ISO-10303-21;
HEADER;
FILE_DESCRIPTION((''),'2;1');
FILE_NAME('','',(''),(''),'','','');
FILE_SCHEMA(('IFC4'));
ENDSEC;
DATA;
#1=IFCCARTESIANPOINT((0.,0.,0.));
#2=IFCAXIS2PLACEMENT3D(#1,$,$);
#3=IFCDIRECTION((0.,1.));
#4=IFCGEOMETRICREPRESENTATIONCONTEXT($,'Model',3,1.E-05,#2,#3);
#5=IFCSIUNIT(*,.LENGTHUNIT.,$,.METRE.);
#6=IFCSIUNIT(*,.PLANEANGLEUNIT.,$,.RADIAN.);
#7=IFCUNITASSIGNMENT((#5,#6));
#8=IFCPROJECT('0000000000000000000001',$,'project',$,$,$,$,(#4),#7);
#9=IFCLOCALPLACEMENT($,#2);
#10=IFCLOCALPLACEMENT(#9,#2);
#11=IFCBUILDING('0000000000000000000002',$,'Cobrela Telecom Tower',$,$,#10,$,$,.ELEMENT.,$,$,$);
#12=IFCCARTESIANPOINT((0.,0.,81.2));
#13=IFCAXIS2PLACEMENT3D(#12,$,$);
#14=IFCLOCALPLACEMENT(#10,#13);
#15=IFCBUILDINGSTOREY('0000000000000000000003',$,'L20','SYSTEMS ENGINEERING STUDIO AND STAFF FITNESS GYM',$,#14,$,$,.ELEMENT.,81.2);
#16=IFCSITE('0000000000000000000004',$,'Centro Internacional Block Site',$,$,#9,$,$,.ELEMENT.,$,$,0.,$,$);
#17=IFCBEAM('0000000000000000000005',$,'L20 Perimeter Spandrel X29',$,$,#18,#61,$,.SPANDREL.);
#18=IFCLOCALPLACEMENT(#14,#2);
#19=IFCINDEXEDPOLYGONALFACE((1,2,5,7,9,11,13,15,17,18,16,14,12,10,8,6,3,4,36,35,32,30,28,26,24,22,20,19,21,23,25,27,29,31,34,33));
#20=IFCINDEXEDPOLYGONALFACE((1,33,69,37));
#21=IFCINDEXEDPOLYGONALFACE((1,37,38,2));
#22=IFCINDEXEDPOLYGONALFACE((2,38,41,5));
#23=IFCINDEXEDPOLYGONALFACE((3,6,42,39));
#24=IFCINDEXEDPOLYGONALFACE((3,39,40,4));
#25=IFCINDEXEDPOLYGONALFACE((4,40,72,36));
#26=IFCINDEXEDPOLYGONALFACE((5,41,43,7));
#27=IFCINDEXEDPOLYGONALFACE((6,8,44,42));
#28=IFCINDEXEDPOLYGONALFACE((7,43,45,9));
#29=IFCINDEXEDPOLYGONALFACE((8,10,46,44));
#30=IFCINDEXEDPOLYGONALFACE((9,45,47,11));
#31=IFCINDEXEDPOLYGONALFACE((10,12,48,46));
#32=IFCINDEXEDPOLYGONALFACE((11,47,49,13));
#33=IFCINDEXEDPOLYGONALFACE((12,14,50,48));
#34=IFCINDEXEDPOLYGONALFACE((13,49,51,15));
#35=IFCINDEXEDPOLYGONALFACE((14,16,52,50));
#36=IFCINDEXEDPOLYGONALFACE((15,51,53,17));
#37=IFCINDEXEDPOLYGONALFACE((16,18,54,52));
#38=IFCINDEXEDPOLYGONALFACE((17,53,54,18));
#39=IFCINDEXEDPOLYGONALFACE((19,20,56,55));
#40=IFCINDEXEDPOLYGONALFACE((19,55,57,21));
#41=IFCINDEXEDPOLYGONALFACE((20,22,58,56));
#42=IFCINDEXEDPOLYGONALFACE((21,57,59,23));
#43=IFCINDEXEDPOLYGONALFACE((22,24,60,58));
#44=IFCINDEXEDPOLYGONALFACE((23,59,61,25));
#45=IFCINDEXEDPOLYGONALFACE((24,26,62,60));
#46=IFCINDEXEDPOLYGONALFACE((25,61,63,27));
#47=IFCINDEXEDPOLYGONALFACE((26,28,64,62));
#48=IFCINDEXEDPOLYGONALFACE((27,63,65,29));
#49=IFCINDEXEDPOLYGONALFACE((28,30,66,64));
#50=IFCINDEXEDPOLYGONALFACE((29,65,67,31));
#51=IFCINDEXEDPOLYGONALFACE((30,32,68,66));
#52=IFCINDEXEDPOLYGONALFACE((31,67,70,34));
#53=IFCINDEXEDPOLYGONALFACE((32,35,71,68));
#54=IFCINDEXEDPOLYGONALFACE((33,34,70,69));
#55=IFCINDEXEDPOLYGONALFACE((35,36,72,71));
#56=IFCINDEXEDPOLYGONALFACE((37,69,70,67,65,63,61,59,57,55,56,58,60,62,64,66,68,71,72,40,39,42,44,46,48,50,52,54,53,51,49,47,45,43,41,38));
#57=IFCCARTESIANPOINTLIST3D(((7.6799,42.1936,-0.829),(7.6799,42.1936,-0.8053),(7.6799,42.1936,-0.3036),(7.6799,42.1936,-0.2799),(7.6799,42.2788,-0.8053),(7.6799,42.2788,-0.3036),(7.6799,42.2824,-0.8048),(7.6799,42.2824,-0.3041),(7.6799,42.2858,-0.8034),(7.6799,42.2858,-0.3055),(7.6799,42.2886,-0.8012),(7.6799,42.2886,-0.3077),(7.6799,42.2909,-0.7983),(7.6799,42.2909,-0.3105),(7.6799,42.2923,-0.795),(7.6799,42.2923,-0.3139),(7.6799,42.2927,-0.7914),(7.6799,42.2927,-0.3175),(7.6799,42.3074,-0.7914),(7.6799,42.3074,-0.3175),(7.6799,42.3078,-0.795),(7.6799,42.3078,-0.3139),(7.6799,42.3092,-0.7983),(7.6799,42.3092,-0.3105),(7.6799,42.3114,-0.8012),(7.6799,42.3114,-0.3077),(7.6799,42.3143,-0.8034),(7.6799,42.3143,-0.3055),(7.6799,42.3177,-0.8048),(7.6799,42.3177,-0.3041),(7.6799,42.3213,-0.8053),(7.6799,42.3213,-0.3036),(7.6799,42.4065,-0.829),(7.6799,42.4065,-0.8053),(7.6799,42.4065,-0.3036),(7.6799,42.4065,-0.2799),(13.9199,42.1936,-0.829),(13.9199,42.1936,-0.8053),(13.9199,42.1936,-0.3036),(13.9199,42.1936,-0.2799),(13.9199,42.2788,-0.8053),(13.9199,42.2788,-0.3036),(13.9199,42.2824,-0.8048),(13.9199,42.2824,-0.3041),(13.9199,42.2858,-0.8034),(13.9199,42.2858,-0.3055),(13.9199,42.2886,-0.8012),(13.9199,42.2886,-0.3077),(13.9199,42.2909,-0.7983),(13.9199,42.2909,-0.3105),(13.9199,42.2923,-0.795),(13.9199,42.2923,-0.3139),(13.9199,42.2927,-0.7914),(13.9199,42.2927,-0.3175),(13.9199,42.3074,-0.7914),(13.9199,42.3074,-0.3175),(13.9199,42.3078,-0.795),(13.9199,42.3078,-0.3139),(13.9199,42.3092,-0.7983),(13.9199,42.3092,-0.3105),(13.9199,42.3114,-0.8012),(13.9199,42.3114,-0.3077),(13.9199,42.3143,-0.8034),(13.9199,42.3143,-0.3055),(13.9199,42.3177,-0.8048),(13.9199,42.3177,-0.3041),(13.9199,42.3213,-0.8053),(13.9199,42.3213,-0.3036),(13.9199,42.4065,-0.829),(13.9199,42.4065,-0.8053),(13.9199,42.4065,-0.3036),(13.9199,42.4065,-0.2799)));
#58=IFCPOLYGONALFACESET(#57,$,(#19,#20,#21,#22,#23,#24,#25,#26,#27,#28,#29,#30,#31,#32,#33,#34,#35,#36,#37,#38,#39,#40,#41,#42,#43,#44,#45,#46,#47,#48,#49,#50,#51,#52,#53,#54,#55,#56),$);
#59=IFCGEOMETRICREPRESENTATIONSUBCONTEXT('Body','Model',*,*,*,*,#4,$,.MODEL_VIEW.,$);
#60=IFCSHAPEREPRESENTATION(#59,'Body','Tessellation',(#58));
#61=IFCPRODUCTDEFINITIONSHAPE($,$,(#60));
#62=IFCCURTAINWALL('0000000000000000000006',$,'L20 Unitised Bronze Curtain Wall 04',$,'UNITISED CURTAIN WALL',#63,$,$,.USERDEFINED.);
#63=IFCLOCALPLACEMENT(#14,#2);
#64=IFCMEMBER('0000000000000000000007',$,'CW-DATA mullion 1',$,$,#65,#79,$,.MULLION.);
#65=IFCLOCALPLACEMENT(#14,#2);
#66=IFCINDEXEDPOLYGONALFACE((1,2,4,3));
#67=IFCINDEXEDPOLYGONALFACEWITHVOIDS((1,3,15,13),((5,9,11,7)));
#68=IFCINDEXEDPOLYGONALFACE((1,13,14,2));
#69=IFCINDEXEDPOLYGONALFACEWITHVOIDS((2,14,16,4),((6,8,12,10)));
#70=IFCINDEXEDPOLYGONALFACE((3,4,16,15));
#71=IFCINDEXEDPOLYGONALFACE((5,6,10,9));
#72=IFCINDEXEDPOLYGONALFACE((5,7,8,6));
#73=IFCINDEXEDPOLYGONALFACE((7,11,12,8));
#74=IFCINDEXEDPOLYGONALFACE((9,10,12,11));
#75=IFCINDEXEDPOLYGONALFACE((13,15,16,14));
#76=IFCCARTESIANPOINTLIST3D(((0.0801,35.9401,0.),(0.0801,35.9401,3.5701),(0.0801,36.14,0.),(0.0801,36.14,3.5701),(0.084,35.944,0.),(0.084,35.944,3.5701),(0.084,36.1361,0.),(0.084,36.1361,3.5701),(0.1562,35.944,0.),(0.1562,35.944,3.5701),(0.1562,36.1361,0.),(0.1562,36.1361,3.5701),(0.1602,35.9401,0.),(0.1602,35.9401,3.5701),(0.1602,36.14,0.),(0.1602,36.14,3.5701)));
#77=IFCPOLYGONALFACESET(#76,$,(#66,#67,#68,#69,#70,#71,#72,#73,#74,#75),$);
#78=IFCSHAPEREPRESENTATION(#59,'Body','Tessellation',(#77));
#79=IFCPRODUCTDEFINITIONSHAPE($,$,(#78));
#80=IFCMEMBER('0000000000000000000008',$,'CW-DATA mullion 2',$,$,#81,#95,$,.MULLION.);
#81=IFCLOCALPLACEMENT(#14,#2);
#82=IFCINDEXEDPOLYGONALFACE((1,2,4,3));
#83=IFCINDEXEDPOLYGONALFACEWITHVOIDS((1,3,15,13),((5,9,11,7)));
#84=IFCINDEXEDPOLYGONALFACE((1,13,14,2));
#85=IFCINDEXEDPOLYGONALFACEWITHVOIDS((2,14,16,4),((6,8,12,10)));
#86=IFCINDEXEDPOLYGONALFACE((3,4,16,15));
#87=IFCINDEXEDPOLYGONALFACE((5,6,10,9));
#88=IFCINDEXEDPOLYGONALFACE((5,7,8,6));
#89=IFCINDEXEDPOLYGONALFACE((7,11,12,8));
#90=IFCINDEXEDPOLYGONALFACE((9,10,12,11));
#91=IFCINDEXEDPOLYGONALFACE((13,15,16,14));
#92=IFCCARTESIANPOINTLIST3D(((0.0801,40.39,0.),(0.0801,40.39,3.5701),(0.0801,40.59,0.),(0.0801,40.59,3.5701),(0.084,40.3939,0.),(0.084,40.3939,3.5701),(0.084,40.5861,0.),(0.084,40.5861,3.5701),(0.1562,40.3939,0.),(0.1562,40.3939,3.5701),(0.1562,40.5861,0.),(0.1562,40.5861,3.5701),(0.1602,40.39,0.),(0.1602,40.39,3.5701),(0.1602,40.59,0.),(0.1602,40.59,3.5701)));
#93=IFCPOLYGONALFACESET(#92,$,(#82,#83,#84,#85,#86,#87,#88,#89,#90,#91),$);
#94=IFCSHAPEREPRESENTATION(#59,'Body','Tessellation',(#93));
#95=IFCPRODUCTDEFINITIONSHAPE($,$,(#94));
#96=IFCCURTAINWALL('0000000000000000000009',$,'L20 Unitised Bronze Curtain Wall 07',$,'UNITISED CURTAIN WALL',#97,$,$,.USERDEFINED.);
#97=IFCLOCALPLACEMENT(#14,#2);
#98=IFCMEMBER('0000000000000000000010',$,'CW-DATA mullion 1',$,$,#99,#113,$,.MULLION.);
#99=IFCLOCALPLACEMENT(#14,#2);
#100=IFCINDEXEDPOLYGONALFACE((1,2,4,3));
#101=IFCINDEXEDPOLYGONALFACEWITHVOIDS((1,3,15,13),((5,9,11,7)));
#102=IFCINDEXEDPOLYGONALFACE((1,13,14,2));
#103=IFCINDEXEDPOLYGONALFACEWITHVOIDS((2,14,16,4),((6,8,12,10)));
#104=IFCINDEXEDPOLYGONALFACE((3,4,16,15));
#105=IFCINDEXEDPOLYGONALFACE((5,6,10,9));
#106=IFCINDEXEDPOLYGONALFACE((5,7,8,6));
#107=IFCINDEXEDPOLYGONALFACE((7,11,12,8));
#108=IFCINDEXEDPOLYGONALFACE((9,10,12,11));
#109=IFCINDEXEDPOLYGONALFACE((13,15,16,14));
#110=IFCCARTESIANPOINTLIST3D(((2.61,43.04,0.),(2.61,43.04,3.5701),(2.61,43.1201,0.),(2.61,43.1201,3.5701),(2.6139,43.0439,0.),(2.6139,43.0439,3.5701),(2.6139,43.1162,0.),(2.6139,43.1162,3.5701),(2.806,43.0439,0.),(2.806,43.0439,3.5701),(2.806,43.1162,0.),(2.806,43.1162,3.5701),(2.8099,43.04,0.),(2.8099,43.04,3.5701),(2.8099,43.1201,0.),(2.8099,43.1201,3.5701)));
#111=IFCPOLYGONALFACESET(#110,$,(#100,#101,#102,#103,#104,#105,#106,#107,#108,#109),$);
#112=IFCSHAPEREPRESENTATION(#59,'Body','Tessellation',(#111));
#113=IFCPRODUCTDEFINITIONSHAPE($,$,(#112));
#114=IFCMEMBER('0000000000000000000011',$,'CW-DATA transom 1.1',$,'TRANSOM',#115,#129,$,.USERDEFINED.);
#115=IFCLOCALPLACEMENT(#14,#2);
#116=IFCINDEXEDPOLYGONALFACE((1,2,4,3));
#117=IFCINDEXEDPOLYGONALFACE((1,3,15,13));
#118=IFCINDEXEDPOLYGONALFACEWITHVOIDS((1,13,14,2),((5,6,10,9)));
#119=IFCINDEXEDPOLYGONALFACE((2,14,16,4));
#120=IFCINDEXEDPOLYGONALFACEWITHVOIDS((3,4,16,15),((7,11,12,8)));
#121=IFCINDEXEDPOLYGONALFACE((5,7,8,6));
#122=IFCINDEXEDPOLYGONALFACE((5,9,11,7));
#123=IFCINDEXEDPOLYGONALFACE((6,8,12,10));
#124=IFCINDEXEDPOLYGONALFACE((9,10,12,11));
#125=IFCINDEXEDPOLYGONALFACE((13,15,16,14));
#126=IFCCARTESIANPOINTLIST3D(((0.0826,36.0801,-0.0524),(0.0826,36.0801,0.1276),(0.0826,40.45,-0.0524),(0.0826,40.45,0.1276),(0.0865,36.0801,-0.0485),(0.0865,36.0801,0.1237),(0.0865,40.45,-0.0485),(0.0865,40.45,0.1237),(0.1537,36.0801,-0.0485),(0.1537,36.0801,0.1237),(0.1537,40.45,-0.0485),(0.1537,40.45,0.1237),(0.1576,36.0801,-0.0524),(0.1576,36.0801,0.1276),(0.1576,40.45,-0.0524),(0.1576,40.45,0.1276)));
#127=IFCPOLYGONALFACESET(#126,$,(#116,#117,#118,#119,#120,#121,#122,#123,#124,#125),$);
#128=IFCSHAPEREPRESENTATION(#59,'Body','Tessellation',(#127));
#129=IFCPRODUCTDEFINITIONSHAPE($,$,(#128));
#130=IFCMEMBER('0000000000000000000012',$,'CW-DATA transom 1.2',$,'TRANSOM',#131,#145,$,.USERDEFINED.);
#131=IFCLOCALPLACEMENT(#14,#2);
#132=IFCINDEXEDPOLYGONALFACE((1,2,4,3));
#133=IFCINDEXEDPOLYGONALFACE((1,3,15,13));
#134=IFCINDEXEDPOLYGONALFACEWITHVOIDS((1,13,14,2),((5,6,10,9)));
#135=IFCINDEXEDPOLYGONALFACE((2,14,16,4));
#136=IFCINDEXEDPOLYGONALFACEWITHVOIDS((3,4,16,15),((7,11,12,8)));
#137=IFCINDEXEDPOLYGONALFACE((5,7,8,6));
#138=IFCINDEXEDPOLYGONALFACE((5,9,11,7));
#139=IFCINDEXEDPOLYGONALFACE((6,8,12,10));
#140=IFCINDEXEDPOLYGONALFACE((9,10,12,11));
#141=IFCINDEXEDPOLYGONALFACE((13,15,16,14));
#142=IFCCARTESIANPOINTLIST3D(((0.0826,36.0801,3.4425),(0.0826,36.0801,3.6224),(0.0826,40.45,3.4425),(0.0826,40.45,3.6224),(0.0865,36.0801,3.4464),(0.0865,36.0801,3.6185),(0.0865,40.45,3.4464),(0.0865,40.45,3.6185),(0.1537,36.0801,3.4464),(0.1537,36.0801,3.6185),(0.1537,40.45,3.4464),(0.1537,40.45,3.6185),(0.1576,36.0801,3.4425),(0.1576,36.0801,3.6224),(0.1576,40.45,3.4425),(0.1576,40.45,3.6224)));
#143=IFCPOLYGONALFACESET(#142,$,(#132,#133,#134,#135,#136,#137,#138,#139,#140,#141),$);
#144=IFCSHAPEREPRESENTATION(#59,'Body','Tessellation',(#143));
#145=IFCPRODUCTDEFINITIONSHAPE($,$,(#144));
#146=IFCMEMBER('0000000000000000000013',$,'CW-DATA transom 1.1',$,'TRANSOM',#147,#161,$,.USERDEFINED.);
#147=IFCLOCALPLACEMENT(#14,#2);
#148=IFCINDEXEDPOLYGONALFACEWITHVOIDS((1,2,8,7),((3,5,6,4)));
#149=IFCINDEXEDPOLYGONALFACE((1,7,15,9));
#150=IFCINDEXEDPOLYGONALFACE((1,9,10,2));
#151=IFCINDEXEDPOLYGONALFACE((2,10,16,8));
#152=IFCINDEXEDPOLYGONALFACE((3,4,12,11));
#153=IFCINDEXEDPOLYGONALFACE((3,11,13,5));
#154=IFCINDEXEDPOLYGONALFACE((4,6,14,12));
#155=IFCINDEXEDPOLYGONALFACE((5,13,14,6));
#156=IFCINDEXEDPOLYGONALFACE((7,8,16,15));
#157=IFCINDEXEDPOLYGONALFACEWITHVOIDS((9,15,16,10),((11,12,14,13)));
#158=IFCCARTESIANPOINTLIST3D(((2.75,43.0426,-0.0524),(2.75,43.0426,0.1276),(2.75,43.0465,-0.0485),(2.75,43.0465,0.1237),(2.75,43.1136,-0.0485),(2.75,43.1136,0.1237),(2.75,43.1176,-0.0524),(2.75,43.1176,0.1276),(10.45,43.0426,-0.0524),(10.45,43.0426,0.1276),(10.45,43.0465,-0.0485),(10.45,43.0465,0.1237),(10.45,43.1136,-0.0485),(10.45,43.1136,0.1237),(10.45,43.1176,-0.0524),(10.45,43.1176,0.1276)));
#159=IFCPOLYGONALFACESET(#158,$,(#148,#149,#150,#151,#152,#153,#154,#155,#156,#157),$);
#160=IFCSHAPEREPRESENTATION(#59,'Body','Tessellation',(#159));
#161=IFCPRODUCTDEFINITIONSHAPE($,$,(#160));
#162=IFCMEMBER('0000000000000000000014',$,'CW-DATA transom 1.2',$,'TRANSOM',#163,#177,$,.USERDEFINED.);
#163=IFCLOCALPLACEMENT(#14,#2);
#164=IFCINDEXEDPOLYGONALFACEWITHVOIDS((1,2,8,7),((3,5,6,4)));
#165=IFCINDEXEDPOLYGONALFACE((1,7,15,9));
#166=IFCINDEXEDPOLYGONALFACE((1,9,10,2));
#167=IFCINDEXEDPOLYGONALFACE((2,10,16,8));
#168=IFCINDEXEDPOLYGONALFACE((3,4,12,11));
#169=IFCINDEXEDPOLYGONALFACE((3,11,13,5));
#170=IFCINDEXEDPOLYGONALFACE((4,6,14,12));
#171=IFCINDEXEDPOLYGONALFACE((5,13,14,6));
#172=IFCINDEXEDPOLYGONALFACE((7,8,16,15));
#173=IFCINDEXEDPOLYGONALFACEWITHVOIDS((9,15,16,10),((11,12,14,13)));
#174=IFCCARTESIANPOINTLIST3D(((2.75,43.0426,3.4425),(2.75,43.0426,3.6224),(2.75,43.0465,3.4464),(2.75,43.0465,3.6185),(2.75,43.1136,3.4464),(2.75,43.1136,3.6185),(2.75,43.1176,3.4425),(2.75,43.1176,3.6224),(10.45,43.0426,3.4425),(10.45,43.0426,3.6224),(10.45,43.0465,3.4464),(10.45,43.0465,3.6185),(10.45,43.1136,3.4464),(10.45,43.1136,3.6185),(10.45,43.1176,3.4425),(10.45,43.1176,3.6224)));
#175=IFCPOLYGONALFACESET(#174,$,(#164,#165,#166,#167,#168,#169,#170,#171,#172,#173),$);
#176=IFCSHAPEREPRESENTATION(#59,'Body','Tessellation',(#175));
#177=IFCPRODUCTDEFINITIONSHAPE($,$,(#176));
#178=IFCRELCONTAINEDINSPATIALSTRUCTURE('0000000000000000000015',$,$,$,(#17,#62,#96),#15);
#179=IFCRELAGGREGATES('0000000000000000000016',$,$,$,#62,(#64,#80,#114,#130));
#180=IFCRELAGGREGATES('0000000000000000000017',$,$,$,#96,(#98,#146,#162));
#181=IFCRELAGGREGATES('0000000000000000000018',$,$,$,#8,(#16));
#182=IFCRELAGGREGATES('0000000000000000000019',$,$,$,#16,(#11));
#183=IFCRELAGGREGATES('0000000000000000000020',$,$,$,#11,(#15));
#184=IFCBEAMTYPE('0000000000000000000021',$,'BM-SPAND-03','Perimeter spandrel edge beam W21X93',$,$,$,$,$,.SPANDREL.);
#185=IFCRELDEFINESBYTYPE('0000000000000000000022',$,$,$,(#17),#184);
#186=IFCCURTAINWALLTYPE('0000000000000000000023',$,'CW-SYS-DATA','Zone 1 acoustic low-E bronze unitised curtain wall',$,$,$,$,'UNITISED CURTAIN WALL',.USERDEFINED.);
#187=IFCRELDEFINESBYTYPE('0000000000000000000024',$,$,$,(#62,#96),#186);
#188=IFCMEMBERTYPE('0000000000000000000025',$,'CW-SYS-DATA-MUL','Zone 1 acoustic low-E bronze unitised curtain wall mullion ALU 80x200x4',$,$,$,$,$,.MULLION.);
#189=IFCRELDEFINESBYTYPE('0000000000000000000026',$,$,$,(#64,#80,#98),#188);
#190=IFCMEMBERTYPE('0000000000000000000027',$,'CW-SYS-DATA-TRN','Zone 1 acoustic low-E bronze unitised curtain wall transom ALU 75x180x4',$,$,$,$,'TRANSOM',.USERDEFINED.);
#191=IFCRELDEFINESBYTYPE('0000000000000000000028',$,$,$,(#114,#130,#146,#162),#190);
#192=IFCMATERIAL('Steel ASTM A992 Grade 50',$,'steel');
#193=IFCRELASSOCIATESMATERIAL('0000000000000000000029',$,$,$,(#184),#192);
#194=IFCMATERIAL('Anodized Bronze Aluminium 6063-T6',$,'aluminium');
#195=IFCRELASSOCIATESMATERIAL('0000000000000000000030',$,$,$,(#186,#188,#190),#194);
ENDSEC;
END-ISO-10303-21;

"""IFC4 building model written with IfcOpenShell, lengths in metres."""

from ifc_helpers import new_model, si_unit, direction, frame, origin, origin_2d, place, context, subcontext, project, spatial, hollow_rectangle, i_section, extrude, material, material_profile, profile_set, type_object, element, aggregate, save


model = new_model("IFC4")

# Units and contexts
model_context = context("Model", 3, precision=1e-05, world=origin(), true_north=direction((0.0, 1.0)))
body_context = subcontext(model_context, "Body", "Model", "MODEL_VIEW")
ifc_project = project(units=[si_unit("LENGTHUNIT", "METRE"), si_unit("PLANEANGLEUNIT", "RADIAN")], contexts=[model_context])

# Site, building, storey
site_placement = place(None, origin())
site = spatial("IfcSite", under=ifc_project, at=site_placement, Name="Centro Internacional Block Site", CompositionType="ELEMENT", RefElevation=0.0)
building_placement = place(site_placement, origin())
building = spatial("IfcBuilding", under=site, at=building_placement, Name="Cobrela Telecom Tower", CompositionType="ELEMENT")
storey_placement = place(building_placement, frame((0.0, 0.0, 81.2)))
storey = spatial("IfcBuildingStorey", under=building, at=storey_placement, Name="L20", Description="SYSTEMS ENGINEERING STUDIO AND STAFF FITNESS GYM", CompositionType="ELEMENT", Elevation=81.2)

# Beam
ifc_material_1 = material(Name="Steel ASTM A992 Grade 50", Category="steel")
ifc_material_profile_1 = material_profile(ifc_material_1, i_section(OverallWidth=0.2129, OverallDepth=0.5491, WebThickness=0.0146, FlangeThickness=0.0237, FilletRadius=0.0139, at=origin_2d()), Name="W21X93")
ifc_profile_set_1 = profile_set([ifc_material_profile_1], Name="Steel ASTM A992 Grade 50")
beam_type_1 = type_object("IfcBeamType", Name="BM-SPAND-03", Description="Perimeter spandrel edge beam W21X93", PredefinedType="SPANDREL", material=ifc_profile_set_1)
beam_1_placement = place(storey_placement, frame((7.6799, 42.3, -0.5544), z_axis=(1.0, 0.0, 0.0), x_axis=(0.0, 1.0, 0.0)))
element("IfcBeam", 1, at=beam_1_placement, inside=storey, type_object=beam_type_1, Name="L20 Perimeter Spandrel X29", PredefinedType="SPANDREL", context=body_context, shape_type="SweptSolid", body=[
    extrude(i_section(OverallWidth=0.2129, OverallDepth=0.5491, WebThickness=0.0146, FlangeThickness=0.0237, FilletRadius=0.0139, at=origin_2d()), origin(), (0.0, 0.0, 1.0), 6.24),
])

# Curtain wall, members
ifc_material_2 = material(Name="Anodized Bronze Aluminium 6063-T6", Category="aluminium")
curtain_wall_type = type_object("IfcCurtainWallType", Name="CW-SYS-DATA", Description="Zone 1 acoustic low-E bronze unitised curtain wall", ElementType="UNITISED CURTAIN WALL", PredefinedType="USERDEFINED", material=ifc_material_2)
curtain_wall_1_placement = place(storey_placement, origin())
curtain_wall_1 = element("IfcCurtainWall", 2, at=curtain_wall_1_placement, inside=storey, type_object=curtain_wall_type, Name="L20 Unitised Bronze Curtain Wall 04", ObjectType="UNITISED CURTAIN WALL", PredefinedType="USERDEFINED")
ifc_material_profile_2 = material_profile(ifc_material_2, hollow_rectangle(XDim=0.0801, YDim=0.2, WallThickness=0.0039, at=origin_2d()), Name="ALU 80x200x4")
ifc_profile_set_2 = profile_set([ifc_material_profile_2], Name="Anodized Bronze Aluminium 6063-T6")
member_type_1 = type_object("IfcMemberType", Name="CW-SYS-DATA-MUL", Description="Zone 1 acoustic low-E bronze unitised curtain wall mullion ALU 80x200x4", PredefinedType="MULLION", material=ifc_profile_set_2)
member_1_placement = place(storey_placement, frame((0.1201, 36.04, 0.0), z_axis=(0.0, 0.0, 1.0), x_axis=(-1.0, 0.0, 0.0)))
member_1 = element("IfcMember", 3, at=member_1_placement, type_object=member_type_1, Name="CW-DATA mullion 1", PredefinedType="MULLION", context=body_context, shape_type="SweptSolid", body=[
    extrude(hollow_rectangle(XDim=0.0801, YDim=0.2, WallThickness=0.0039, at=origin_2d()), origin(), (0.0, 0.0, 1.0), 3.5701),
])
member_2_placement = place(storey_placement, frame((0.1201, 40.49, 0.0), z_axis=(0.0, 0.0, 1.0), x_axis=(-1.0, 0.0, 0.0)))
member_2 = element("IfcMember", 4, at=member_2_placement, type_object=member_type_1, Name="CW-DATA mullion 2", PredefinedType="MULLION", context=body_context, shape_type="SweptSolid", body=[
    extrude(hollow_rectangle(XDim=0.0801, YDim=0.2, WallThickness=0.0039, at=origin_2d()), origin(), (0.0, 0.0, 1.0), 3.5701),
])

# Curtain wall, member
curtain_wall_2_placement = place(storey_placement, origin())
curtain_wall_2 = element("IfcCurtainWall", 5, at=curtain_wall_2_placement, inside=storey, type_object=curtain_wall_type, Name="L20 Unitised Bronze Curtain Wall 07", ObjectType="UNITISED CURTAIN WALL", PredefinedType="USERDEFINED")
member_3_placement = place(storey_placement, frame((2.71, 43.0801, 0.0), z_axis=(0.0, 0.0, 1.0), x_axis=(0.0, 1.0, 0.0)))
member_3 = element("IfcMember", 6, at=member_3_placement, type_object=member_type_1, Name="CW-DATA mullion 1", PredefinedType="MULLION", context=body_context, shape_type="SweptSolid", body=[
    extrude(hollow_rectangle(XDim=0.0801, YDim=0.2, WallThickness=0.0039, at=origin_2d()), origin(), (0.0, 0.0, 1.0), 3.5701),
])

# Members
ifc_material_profile_3 = material_profile(ifc_material_2, hollow_rectangle(XDim=0.075, YDim=0.1799, WallThickness=0.0039, at=origin_2d()), Name="ALU 75x180x4")
ifc_profile_set_3 = profile_set([ifc_material_profile_3], Name="Anodized Bronze Aluminium 6063-T6")
member_type_2 = type_object("IfcMemberType", Name="CW-SYS-DATA-TRN", Description="Zone 1 acoustic low-E bronze unitised curtain wall transom ALU 75x180x4", ElementType="TRANSOM", PredefinedType="USERDEFINED", material=ifc_profile_set_3)
member_4_placement = place(storey_placement, frame((0.1201, 36.0801, 0.0376), z_axis=(0.0, 1.0, 0.0), x_axis=(-1.0, 0.0, 0.0)))
member_4 = element("IfcMember", 7, at=member_4_placement, type_object=member_type_2, Name="CW-DATA transom 1.1", ObjectType="TRANSOM", PredefinedType="USERDEFINED", context=body_context, shape_type="SweptSolid", body=[
    extrude(hollow_rectangle(XDim=0.075, YDim=0.1799, WallThickness=0.0039, at=origin_2d()), origin(), (0.0, 0.0, 1.0), 4.3699),
])
member_5_placement = place(storey_placement, frame((0.1201, 36.0801, 3.5325), z_axis=(0.0, 1.0, 0.0), x_axis=(-1.0, 0.0, 0.0)))
member_5 = element("IfcMember", 8, at=member_5_placement, type_object=member_type_2, Name="CW-DATA transom 1.2", ObjectType="TRANSOM", PredefinedType="USERDEFINED", context=body_context, shape_type="SweptSolid", body=[
    extrude(hollow_rectangle(XDim=0.075, YDim=0.1799, WallThickness=0.0039, at=origin_2d()), origin(), (0.0, 0.0, 1.0), 4.3699),
])
member_6_placement = place(storey_placement, frame((2.75, 43.0801, 0.0376), z_axis=(1.0, 0.0, 0.0), x_axis=(0.0, 1.0, 0.0)))
member_6 = element("IfcMember", 9, at=member_6_placement, type_object=member_type_2, Name="CW-DATA transom 1.1", ObjectType="TRANSOM", PredefinedType="USERDEFINED", context=body_context, shape_type="SweptSolid", body=[
    extrude(hollow_rectangle(XDim=0.075, YDim=0.1799, WallThickness=0.0039, at=origin_2d()), origin(), (0.0, 0.0, 1.0), 7.7),
])
member_7_placement = place(storey_placement, frame((2.75, 43.0801, 3.5325), z_axis=(1.0, 0.0, 0.0), x_axis=(0.0, 1.0, 0.0)))
member_7 = element("IfcMember", 10, at=member_7_placement, type_object=member_type_2, Name="CW-DATA transom 1.2", ObjectType="TRANSOM", PredefinedType="USERDEFINED", context=body_context, shape_type="SweptSolid", body=[
    extrude(hollow_rectangle(XDim=0.075, YDim=0.1799, WallThickness=0.0039, at=origin_2d()), origin(), (0.0, 0.0, 1.0), 7.7),
])

aggregate(curtain_wall_1, [member_1, member_2, member_4, member_5])
aggregate(curtain_wall_2, [member_3, member_6, member_7])

save(model, "model.ifc")
